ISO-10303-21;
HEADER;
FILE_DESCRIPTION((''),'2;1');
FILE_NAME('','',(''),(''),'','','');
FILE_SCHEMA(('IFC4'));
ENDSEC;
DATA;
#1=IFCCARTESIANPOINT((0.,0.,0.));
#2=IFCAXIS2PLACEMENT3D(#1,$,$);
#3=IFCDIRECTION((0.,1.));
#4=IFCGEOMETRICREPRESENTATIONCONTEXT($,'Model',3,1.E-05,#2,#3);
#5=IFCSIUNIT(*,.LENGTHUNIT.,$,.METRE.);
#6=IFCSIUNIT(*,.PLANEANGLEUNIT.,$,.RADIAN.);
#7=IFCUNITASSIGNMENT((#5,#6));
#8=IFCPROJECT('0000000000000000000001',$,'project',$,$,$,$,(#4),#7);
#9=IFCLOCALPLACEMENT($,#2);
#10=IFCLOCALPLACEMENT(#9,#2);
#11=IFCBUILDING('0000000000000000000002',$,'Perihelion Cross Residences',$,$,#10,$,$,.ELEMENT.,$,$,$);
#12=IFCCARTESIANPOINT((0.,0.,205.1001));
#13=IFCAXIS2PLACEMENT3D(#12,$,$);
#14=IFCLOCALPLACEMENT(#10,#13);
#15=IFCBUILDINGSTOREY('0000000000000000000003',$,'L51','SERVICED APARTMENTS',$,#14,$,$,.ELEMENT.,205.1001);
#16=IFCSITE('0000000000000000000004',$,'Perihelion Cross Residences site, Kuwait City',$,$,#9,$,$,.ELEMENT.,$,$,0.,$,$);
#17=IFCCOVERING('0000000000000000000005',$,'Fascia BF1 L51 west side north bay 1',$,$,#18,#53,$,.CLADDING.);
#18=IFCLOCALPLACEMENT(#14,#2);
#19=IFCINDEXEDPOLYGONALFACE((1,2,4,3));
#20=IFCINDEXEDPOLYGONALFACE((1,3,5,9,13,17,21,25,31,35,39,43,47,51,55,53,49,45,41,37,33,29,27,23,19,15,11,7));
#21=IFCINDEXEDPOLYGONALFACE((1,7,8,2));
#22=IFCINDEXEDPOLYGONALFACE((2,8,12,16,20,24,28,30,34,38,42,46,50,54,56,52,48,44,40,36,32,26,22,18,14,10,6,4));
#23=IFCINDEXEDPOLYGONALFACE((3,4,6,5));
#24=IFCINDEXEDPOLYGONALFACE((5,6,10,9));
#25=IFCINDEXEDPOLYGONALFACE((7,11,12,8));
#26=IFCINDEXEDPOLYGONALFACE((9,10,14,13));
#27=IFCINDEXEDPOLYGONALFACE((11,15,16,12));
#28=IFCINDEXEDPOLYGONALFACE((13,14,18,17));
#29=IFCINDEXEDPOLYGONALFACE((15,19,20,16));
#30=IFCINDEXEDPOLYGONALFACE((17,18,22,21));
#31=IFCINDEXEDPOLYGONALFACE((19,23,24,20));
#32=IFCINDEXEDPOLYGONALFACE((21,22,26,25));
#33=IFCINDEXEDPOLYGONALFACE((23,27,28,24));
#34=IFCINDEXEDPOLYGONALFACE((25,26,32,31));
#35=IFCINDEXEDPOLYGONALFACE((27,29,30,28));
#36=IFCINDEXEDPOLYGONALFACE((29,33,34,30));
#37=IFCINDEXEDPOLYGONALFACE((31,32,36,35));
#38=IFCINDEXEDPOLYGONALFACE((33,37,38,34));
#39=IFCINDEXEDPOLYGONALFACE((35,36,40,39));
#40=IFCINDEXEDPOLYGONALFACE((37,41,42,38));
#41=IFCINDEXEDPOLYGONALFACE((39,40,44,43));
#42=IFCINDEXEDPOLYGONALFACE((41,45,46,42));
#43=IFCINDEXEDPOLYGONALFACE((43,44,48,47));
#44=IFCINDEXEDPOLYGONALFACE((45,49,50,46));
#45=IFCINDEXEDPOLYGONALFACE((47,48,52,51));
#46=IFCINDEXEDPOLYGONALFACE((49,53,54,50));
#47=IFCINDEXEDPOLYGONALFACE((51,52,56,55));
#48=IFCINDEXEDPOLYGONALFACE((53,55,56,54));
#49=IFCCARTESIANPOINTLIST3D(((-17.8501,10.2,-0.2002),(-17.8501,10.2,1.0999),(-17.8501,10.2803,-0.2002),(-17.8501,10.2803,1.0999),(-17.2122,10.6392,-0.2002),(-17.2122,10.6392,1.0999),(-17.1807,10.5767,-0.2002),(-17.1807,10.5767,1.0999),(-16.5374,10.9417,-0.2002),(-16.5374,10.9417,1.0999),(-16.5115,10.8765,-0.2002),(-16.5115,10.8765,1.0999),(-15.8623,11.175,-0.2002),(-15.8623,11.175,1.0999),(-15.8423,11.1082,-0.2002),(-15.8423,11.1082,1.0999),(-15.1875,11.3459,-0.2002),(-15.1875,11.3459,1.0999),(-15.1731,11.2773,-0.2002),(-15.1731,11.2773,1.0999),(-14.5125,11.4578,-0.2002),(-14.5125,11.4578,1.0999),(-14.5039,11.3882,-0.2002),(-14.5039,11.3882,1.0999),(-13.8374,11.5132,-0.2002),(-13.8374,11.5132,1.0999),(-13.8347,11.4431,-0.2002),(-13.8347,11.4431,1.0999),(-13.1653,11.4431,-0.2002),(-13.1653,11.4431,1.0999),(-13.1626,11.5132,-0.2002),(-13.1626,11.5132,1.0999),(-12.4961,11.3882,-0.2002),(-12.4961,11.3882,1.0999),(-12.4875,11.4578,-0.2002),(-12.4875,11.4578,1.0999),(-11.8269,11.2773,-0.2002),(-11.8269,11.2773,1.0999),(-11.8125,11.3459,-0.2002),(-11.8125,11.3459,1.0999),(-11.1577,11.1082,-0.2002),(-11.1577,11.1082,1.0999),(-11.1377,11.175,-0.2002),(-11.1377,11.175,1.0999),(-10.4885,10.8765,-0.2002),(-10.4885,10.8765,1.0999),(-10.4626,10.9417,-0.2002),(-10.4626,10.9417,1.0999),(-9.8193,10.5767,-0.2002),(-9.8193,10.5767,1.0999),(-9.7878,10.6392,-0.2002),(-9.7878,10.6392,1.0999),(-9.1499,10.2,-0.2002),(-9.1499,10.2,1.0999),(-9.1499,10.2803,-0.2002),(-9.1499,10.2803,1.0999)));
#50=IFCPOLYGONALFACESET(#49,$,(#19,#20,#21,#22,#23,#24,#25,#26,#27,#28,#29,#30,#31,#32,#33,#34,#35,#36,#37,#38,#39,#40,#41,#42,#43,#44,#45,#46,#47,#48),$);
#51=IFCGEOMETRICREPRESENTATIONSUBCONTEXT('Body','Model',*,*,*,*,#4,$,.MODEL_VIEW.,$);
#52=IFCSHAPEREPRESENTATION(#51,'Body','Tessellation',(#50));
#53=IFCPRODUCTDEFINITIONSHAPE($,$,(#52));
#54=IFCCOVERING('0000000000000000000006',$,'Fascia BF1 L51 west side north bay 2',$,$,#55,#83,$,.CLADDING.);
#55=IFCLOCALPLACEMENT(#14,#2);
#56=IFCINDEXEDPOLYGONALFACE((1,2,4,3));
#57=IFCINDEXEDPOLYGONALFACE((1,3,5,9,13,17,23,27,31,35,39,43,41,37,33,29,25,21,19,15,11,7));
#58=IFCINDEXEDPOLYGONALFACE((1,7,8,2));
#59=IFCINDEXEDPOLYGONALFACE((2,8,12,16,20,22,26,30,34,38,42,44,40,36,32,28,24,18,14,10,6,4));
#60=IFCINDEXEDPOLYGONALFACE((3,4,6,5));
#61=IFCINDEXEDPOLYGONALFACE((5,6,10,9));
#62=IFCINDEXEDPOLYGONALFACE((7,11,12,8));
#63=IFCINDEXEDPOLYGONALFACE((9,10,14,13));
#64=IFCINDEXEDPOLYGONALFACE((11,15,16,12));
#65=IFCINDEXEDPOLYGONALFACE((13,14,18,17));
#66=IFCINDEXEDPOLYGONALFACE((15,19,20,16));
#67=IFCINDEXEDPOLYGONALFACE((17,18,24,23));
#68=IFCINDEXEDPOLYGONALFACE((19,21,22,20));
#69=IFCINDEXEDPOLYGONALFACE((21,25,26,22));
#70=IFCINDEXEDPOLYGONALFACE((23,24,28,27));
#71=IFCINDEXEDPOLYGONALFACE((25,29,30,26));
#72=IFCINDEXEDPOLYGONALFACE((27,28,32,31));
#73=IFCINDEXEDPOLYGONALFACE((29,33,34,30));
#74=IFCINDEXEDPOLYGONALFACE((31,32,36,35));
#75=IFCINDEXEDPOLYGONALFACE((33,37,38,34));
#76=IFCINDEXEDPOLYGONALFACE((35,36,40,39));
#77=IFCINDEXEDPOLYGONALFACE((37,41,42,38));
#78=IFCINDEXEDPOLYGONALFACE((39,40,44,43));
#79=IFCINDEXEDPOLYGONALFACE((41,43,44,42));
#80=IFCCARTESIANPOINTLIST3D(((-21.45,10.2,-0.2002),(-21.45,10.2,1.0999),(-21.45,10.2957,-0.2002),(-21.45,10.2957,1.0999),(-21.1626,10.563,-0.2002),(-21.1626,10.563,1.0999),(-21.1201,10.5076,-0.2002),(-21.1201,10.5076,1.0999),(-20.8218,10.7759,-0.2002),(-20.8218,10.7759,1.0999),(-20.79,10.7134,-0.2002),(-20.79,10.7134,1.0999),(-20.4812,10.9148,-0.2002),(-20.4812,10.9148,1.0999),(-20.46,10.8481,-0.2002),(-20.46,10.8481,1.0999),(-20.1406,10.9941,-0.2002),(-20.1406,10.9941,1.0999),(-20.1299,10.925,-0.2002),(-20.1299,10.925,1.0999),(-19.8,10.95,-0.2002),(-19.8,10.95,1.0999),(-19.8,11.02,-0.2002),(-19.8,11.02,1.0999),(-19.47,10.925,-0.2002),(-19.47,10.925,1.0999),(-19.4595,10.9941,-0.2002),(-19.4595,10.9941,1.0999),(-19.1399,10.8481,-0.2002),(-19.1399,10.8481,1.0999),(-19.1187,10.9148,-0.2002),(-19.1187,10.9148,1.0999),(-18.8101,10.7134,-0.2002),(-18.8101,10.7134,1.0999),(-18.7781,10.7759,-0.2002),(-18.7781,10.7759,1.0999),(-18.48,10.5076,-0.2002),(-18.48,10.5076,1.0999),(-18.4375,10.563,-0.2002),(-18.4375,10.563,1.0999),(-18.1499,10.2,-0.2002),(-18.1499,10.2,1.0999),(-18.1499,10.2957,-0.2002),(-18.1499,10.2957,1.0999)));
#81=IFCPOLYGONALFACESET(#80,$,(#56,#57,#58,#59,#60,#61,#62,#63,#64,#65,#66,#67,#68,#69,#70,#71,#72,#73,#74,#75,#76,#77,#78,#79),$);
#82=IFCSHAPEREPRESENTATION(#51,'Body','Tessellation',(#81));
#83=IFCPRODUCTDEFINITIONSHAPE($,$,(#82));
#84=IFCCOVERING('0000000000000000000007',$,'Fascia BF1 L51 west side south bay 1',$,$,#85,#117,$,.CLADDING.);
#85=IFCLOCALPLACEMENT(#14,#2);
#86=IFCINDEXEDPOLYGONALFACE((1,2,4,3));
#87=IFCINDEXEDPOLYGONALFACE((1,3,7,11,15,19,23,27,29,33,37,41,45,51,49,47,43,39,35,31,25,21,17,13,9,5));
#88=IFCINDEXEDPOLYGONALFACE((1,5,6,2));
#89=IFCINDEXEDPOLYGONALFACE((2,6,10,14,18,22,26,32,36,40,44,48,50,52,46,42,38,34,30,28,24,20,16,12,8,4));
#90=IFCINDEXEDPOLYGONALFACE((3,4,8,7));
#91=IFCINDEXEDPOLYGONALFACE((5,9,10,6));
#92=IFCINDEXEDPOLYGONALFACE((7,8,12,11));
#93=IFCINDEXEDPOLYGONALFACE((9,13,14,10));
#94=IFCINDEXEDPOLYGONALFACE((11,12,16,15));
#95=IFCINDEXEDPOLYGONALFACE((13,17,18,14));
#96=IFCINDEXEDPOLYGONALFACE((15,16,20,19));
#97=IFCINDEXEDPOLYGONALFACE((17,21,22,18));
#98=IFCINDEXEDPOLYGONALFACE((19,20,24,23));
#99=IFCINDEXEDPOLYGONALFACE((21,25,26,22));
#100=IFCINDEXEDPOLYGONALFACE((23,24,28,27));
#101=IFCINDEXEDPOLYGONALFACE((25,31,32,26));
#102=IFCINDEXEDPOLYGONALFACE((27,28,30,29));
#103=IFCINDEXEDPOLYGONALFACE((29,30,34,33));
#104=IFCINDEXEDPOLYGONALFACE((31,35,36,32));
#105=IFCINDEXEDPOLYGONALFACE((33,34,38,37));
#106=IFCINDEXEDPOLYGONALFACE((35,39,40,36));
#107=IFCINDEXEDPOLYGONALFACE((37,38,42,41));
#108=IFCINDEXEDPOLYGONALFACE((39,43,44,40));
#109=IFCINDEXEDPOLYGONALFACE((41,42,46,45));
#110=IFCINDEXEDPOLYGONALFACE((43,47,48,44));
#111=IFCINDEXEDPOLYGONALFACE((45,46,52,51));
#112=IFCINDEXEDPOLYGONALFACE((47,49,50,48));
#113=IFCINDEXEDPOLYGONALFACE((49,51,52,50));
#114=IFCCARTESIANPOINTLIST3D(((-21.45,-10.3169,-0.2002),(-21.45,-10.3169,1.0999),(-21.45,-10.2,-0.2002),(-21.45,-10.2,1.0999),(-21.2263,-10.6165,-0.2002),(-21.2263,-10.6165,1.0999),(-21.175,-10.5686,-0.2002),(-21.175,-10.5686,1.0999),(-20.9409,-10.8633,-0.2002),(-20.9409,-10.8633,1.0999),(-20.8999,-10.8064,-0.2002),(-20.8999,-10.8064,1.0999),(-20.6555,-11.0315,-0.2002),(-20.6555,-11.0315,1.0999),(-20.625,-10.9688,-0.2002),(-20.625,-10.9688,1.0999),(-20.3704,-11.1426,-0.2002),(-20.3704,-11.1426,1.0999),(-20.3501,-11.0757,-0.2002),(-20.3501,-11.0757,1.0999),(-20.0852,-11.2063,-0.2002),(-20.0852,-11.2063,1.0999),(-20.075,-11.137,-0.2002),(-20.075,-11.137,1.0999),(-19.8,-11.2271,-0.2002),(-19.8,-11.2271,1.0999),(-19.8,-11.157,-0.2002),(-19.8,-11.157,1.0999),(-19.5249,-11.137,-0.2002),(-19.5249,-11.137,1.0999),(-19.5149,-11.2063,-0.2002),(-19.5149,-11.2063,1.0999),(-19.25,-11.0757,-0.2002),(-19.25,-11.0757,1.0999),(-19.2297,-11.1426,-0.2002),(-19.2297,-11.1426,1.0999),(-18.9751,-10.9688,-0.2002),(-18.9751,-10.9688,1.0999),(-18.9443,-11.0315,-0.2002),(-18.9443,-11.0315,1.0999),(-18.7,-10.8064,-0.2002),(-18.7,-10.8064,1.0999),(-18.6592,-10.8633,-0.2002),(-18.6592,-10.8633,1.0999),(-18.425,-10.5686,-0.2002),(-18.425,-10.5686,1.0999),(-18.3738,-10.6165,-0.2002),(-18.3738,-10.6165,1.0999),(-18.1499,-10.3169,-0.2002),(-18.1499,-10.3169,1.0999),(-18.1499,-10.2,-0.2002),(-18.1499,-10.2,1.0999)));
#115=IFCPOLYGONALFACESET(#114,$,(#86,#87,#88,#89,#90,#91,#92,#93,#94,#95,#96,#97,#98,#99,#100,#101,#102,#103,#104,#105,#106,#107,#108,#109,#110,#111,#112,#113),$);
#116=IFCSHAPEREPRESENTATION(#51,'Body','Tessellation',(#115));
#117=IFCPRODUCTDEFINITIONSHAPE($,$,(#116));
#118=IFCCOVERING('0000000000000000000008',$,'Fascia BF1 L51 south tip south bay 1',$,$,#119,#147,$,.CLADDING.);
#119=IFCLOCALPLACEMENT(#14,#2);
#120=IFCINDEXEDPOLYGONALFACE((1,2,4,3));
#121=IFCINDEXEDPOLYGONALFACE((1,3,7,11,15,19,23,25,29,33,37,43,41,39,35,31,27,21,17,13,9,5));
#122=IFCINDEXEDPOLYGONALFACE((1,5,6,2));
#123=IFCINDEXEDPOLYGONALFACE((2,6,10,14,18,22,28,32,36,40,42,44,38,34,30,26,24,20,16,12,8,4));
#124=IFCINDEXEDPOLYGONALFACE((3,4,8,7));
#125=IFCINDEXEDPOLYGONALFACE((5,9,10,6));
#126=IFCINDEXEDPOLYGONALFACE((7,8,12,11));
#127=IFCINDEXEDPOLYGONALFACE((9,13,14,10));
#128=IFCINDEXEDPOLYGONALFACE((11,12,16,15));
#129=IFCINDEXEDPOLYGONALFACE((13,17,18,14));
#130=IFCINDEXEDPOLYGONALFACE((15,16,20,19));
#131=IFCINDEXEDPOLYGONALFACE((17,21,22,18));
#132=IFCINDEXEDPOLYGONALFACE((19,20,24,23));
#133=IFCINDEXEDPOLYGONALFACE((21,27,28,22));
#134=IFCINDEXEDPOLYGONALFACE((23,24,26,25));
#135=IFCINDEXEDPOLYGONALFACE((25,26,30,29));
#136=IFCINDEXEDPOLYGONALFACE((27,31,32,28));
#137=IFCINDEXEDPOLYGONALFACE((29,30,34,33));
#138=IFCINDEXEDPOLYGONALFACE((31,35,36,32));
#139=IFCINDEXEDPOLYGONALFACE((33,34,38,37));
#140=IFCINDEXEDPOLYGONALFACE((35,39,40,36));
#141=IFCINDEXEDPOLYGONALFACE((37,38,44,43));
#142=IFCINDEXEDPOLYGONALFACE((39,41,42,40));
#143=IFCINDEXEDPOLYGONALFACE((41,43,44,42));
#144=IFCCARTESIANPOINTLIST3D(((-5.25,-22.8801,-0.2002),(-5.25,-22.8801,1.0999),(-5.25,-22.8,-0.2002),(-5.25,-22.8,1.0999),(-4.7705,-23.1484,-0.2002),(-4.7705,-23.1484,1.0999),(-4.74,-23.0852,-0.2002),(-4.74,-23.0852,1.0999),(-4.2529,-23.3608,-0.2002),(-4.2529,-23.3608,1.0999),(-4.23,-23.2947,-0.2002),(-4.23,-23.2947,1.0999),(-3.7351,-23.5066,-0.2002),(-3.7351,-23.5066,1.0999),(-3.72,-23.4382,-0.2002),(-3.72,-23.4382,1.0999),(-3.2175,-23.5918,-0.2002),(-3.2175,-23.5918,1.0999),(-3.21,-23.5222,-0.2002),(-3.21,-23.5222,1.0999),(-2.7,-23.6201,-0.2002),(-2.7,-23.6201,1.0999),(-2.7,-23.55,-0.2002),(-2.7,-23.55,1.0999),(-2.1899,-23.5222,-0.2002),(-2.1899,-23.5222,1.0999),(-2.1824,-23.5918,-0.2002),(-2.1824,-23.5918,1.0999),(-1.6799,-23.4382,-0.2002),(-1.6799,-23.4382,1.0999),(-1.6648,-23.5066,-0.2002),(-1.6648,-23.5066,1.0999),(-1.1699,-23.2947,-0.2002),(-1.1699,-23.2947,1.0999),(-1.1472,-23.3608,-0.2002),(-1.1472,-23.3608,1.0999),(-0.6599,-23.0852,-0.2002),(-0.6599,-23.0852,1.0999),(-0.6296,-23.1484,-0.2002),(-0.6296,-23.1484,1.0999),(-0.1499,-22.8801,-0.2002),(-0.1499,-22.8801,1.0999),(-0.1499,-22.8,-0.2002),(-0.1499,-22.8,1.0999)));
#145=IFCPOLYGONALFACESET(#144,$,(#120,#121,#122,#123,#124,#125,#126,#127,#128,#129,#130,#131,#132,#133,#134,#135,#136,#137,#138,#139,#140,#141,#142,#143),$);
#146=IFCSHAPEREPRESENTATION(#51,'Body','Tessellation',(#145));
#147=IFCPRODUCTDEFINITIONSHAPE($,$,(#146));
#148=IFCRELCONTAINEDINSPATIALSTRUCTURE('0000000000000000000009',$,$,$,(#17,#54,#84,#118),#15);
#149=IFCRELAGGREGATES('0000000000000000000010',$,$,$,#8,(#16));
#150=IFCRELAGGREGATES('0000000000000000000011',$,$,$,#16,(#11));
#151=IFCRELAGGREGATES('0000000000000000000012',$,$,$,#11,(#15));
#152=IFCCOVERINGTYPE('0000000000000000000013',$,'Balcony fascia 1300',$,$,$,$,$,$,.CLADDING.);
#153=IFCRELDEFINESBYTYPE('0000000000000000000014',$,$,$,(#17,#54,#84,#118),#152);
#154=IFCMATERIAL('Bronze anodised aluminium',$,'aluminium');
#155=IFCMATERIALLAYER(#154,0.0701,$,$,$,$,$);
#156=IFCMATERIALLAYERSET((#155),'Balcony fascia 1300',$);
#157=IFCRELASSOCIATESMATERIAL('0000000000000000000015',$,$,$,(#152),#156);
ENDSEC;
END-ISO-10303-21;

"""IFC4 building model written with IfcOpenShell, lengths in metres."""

from ifc_helpers import new_model, si_unit, direction, frame, origin, place, context, subcontext, project, spatial, polyline, outline, extrude, material, layer, layer_set, type_object, element, save


model = new_model("IFC4")

# Units and contexts
model_context = context("Model", 3, precision=1e-05, world=origin(), true_north=direction((0.0, 1.0)))
body_context = subcontext(model_context, "Body", "Model", "MODEL_VIEW")
ifc_project = project(units=[si_unit("LENGTHUNIT", "METRE"), si_unit("PLANEANGLEUNIT", "RADIAN")], contexts=[model_context])

# Site, building, storey
site_placement = place(None, origin())
site = spatial("IfcSite", under=ifc_project, at=site_placement, Name="Perihelion Cross Residences site, Kuwait City", CompositionType="ELEMENT", RefElevation=0.0)
building_placement = place(site_placement, origin())
building = spatial("IfcBuilding", under=site, at=building_placement, Name="Perihelion Cross Residences", CompositionType="ELEMENT")
storey_placement = place(building_placement, frame((0.0, 0.0, 205.1001)))
storey = spatial("IfcBuildingStorey", under=building, at=storey_placement, Name="L51", Description="SERVICED APARTMENTS", CompositionType="ELEMENT", Elevation=205.1001)

# Coverings
ifc_material_1 = material(Name="Bronze anodised aluminium", Category="aluminium")
ifc_layer_1 = layer(ifc_material_1, 0.0701)
ifc_layer_set_1 = layer_set([ifc_layer_1], Name="Balcony fascia 1300")
covering_type = type_object("IfcCoveringType", Name="Balcony fascia 1300", PredefinedType="CLADDING", material=ifc_layer_set_1)
covering_1_placement = place(storey_placement, frame((0.0, 0.0, -0.2002)))
element("IfcCovering", 1, at=covering_1_placement, inside=storey, type_object=covering_type, Name="Fascia BF1 L51 west side north bay 1", PredefinedType="CLADDING", context=body_context, shape_type="SweptSolid", body=[
    extrude(outline(polyline([(-9.7878, 10.6392), (-10.4626, 10.9417), (-11.1377, 11.175), (-11.8125, 11.3459), (-12.4875, 11.4578), (-13.1626, 11.5132), (-13.8374, 11.5132), (-14.5125, 11.4578), (-15.1875, 11.3459), (-15.8623, 11.175), (-16.5374, 10.9417), (-17.2122, 10.6392), (-17.8501, 10.2803), (-17.8501, 10.2), (-17.1807, 10.5767), (-16.5115, 10.8765), (-15.8423, 11.1082), (-15.1731, 11.2773), (-14.5039, 11.3882), (-13.8347, 11.4431), (-13.1653, 11.4431), (-12.4961, 11.3882), (-11.8269, 11.2773), (-11.1577, 11.1082), (-10.4885, 10.8765), (-9.8193, 10.5767), (-9.1499, 10.2), (-9.1499, 10.2803), (-9.7878, 10.6392)])), origin(), (0.0, 0.0, 1.0), 1.3),
])
covering_2_placement = place(storey_placement, frame((0.0, 0.0, -0.2002)))
element("IfcCovering", 2, at=covering_2_placement, inside=storey, type_object=covering_type, Name="Fascia BF1 L51 west side north bay 2", PredefinedType="CLADDING", context=body_context, shape_type="SweptSolid", body=[
    extrude(outline(polyline([(-18.4375, 10.563), (-18.7781, 10.7759), (-19.1187, 10.9148), (-19.4595, 10.9941), (-19.8, 11.02), (-20.1406, 10.9941), (-20.4812, 10.9148), (-20.8218, 10.7759), (-21.1626, 10.563), (-21.45, 10.2957), (-21.45, 10.2), (-21.1201, 10.5076), (-20.79, 10.7134), (-20.46, 10.8481), (-20.1299, 10.925), (-19.8, 10.95), (-19.47, 10.925), (-19.1399, 10.8481), (-18.8101, 10.7134), (-18.48, 10.5076), (-18.1499, 10.2), (-18.1499, 10.2957), (-18.4375, 10.563)])), origin(), (0.0, 0.0, 1.0), 1.3),
])
covering_3_placement = place(storey_placement, frame((0.0, 0.0, -0.2002)))
element("IfcCovering", 3, at=covering_3_placement, inside=storey, type_object=covering_type, Name="Fascia BF1 L51 west side south bay 1", PredefinedType="CLADDING", context=body_context, shape_type="SweptSolid", body=[
    extrude(outline(polyline([(-21.2263, -10.6165), (-20.9409, -10.8633), (-20.6555, -11.0315), (-20.3704, -11.1426), (-20.0852, -11.2063), (-19.8, -11.2271), (-19.5149, -11.2063), (-19.2297, -11.1426), (-18.9443, -11.0315), (-18.6592, -10.8633), (-18.3738, -10.6165), (-18.1499, -10.3169), (-18.1499, -10.2), (-18.425, -10.5686), (-18.7, -10.8064), (-18.9751, -10.9688), (-19.25, -11.0757), (-19.5249, -11.137), (-19.8, -11.157), (-20.075, -11.137), (-20.3501, -11.0757), (-20.625, -10.9688), (-20.8999, -10.8064), (-21.175, -10.5686), (-21.45, -10.2), (-21.45, -10.3169), (-21.2263, -10.6165)])), origin(), (0.0, 0.0, 1.0), 1.3),
])
covering_4_placement = place(storey_placement, frame((0.0, 0.0, -0.2002)))
element("IfcCovering", 4, at=covering_4_placement, inside=storey, type_object=covering_type, Name="Fascia BF1 L51 south tip south bay 1", PredefinedType="CLADDING", context=body_context, shape_type="SweptSolid", body=[
    extrude(outline(polyline([(-4.7705, -23.1484), (-4.2529, -23.3608), (-3.7351, -23.5066), (-3.2175, -23.5918), (-2.7, -23.6201), (-2.1824, -23.5918), (-1.6648, -23.5066), (-1.1472, -23.3608), (-0.6296, -23.1484), (-0.1499, -22.8801), (-0.1499, -22.8), (-0.6599, -23.0852), (-1.1699, -23.2947), (-1.6799, -23.4382), (-2.1899, -23.5222), (-2.7, -23.55), (-3.21, -23.5222), (-3.72, -23.4382), (-4.23, -23.2947), (-4.74, -23.0852), (-5.25, -22.8), (-5.25, -22.8801), (-4.7705, -23.1484)])), origin(), (0.0, 0.0, 1.0), 1.3),
])

save(model, "model.ifc")
